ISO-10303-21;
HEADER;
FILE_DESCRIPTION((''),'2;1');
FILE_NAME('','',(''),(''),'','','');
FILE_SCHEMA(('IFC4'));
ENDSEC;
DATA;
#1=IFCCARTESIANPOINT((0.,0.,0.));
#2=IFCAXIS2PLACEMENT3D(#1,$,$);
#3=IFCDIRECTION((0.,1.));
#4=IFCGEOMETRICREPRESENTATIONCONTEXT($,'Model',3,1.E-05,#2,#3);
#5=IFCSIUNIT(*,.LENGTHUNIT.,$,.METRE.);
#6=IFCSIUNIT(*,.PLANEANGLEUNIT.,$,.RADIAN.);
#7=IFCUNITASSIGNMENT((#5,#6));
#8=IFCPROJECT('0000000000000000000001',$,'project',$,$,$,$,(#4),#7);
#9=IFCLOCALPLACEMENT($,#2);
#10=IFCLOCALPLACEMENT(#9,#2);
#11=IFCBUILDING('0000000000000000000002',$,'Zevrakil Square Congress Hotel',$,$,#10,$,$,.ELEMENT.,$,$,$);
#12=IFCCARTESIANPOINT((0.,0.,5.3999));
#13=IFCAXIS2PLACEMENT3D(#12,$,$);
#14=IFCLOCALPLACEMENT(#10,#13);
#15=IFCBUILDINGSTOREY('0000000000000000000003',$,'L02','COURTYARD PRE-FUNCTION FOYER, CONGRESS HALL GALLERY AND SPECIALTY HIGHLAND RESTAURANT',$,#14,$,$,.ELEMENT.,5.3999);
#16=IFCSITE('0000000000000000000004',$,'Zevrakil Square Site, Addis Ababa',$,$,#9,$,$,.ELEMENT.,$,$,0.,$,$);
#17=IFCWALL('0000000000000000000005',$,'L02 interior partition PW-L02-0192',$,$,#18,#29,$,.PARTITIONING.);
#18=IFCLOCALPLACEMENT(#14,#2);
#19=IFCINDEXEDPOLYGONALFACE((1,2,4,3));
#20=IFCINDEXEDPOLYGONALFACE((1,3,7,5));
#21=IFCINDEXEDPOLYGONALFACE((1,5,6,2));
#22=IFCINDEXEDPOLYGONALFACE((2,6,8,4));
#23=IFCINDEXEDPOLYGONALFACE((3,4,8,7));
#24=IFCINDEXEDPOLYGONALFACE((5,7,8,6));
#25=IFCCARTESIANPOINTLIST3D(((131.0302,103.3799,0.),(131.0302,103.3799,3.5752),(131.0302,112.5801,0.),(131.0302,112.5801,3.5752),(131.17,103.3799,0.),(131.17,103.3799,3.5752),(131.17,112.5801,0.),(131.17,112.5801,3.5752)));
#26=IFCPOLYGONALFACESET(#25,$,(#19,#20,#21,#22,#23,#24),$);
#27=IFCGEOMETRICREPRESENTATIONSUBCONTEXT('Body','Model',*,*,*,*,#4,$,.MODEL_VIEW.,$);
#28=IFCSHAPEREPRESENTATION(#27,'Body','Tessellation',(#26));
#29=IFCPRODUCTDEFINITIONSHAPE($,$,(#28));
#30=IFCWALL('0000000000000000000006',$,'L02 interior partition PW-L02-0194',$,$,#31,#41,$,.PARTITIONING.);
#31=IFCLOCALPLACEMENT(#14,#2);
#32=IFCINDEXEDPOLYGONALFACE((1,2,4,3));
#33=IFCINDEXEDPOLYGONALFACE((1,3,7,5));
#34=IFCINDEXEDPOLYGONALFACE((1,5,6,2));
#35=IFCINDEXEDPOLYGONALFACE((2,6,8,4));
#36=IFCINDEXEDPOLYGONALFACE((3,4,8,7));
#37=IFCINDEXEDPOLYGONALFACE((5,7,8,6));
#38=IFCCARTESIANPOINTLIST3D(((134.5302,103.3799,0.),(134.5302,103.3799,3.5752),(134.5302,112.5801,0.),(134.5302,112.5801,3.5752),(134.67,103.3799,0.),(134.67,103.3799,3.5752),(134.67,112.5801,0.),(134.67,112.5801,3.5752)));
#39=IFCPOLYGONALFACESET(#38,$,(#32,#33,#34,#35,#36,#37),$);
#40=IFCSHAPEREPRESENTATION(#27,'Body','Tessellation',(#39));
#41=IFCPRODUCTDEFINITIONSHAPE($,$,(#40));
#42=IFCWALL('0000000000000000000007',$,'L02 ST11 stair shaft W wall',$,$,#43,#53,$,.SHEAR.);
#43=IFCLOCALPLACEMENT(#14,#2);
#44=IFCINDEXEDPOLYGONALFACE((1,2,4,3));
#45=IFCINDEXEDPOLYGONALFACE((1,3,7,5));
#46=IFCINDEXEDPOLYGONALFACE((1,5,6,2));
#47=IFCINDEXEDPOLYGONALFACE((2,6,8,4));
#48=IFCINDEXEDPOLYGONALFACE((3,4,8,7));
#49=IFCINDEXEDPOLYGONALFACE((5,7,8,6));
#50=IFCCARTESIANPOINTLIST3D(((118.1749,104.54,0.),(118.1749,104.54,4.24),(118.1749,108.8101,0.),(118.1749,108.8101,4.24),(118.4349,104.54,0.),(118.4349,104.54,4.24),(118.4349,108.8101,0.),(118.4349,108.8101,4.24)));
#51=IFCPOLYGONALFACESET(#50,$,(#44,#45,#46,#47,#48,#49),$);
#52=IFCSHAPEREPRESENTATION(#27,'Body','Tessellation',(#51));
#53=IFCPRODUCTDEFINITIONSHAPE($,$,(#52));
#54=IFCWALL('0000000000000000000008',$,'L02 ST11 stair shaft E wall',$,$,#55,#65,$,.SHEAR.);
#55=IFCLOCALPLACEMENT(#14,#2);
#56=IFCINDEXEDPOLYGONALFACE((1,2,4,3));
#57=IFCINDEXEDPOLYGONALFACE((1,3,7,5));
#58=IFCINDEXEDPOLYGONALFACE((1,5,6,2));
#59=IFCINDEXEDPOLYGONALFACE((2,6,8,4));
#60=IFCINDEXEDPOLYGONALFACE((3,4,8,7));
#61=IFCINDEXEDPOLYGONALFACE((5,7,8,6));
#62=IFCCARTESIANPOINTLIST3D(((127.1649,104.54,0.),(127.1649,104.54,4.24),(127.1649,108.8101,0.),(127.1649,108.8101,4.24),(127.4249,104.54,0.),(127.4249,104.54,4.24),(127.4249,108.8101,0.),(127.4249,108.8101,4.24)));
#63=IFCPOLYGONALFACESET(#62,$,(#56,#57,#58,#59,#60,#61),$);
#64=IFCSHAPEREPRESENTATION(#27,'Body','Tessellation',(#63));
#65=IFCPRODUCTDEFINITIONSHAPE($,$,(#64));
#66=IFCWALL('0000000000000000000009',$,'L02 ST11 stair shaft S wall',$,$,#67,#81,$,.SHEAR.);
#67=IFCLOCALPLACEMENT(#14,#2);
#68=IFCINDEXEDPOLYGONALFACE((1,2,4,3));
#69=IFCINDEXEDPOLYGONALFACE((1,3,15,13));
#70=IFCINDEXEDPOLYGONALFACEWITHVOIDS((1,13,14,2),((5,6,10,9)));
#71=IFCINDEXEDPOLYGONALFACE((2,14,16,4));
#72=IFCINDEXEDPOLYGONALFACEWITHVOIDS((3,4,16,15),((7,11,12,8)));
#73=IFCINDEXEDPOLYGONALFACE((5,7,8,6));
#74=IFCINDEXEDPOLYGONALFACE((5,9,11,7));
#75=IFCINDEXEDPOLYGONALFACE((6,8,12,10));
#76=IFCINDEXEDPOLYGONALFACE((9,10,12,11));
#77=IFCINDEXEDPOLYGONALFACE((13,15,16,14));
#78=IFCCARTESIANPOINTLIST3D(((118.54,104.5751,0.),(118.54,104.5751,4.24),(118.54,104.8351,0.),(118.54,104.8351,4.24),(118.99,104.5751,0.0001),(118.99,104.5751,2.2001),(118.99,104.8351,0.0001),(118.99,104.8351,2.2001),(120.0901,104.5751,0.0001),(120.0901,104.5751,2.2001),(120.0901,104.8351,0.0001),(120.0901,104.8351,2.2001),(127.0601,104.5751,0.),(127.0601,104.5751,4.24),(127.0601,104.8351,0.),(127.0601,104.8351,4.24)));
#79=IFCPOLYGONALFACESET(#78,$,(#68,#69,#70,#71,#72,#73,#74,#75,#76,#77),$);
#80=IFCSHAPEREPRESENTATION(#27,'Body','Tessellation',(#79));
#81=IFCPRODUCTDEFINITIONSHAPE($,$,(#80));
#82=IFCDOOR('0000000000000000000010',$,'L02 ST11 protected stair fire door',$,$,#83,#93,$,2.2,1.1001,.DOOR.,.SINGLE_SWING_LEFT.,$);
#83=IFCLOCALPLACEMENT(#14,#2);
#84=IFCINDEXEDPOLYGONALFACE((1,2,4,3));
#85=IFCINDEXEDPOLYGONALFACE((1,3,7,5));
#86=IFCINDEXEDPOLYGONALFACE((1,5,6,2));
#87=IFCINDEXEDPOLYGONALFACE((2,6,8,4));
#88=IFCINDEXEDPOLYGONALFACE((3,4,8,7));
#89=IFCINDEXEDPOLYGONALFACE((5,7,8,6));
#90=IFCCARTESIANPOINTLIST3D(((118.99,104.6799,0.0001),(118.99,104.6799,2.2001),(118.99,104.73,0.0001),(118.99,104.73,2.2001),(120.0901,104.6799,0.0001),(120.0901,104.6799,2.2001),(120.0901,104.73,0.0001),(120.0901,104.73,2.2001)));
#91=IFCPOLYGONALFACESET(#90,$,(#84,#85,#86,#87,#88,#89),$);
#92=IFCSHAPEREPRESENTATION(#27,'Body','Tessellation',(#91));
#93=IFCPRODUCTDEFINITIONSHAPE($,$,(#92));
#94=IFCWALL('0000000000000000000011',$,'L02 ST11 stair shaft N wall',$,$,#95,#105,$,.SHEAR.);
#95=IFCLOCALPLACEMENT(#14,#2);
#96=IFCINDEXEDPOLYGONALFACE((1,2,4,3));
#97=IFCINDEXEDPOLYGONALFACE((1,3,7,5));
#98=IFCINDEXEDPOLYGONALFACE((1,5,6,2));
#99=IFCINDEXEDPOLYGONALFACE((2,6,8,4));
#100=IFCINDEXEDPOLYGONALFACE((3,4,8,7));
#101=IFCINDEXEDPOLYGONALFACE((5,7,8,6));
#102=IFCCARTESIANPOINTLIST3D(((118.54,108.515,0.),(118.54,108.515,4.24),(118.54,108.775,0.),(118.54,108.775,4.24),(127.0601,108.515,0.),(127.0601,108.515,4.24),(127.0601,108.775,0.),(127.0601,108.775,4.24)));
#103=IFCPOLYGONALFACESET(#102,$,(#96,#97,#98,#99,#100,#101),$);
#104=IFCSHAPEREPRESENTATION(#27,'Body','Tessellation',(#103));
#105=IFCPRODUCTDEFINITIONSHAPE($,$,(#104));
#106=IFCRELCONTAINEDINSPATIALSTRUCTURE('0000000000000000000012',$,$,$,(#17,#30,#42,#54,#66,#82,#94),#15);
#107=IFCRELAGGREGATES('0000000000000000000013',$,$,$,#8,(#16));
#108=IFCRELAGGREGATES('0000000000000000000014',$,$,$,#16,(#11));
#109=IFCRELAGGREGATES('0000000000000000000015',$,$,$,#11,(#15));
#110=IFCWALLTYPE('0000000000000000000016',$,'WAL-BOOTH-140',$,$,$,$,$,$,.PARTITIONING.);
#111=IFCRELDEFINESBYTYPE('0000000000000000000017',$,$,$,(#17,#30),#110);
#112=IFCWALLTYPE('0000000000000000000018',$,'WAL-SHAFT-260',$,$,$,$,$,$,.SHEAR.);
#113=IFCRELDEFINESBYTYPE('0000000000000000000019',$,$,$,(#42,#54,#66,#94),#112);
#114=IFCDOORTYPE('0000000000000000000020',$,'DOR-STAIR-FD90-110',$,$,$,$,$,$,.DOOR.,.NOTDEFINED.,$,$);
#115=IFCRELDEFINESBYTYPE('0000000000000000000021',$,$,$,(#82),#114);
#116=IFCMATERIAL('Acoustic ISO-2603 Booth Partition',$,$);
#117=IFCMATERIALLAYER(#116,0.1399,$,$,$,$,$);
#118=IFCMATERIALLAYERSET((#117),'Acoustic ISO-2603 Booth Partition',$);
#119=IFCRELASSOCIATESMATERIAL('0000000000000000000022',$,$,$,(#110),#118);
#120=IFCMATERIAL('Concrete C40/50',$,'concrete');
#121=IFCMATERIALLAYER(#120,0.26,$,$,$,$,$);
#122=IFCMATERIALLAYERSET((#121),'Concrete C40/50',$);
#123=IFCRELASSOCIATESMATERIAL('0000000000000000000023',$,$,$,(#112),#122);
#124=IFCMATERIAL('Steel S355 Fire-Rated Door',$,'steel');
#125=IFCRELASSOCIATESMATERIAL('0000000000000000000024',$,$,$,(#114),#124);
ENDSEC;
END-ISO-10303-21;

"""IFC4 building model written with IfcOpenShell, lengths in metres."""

from ifc_helpers import new_model, si_unit, direction, frame, frame_2d, origin, place, context, subcontext, project, spatial, rectangle, extrude, material, layer, layer_set, type_object, element, fill, save


model = new_model("IFC4")

# Units and contexts
model_context = context("Model", 3, precision=1e-05, world=origin(), true_north=direction((0.0, 1.0)))
body_context = subcontext(model_context, "Body", "Model", "MODEL_VIEW")
ifc_project = project(units=[si_unit("LENGTHUNIT", "METRE"), si_unit("PLANEANGLEUNIT", "RADIAN")], contexts=[model_context])

# Site, building, storey
site_placement = place(None, origin())
site = spatial("IfcSite", under=ifc_project, at=site_placement, Name="Zevrakil Square Site, Addis Ababa", CompositionType="ELEMENT", RefElevation=0.0)
building_placement = place(site_placement, origin())
building = spatial("IfcBuilding", under=site, at=building_placement, Name="Zevrakil Square Congress Hotel", CompositionType="ELEMENT")
storey_placement = place(building_placement, frame((0.0, 0.0, 5.3999)))
storey = spatial("IfcBuildingStorey", under=building, at=storey_placement, Name="L02", Description="COURTYARD PRE-FUNCTION FOYER, CONGRESS HALL GALLERY AND SPECIALTY HIGHLAND RESTAURANT", CompositionType="ELEMENT", Elevation=5.3999)

# Walls
ifc_material_1 = material(Name="Acoustic ISO-2603 Booth Partition")
ifc_layer_1 = layer(ifc_material_1, 0.1399)
ifc_layer_set_1 = layer_set([ifc_layer_1], Name="Acoustic ISO-2603 Booth Partition")
wall_type_1 = type_object("IfcWallType", Name="WAL-BOOTH-140", PredefinedType="PARTITIONING", material=ifc_layer_set_1)
for number, where, z_axis, x_axis, name in (
    (1, (131.1001, 103.3799, 0.0), (0.0, 0.0, 1.0), (0.0, 1.0, 0.0), "L02 interior partition PW-L02-0192"),
    (2, (134.6001, 103.3799, 0.0), (0.0, 0.0, 1.0), (0.0, 1.0, 0.0), "L02 interior partition PW-L02-0194"),
):
    element("IfcWall", number, at=place(storey_placement, frame(where, z_axis=z_axis, x_axis=x_axis)), inside=storey, type_object=wall_type_1, Name=name, PredefinedType="PARTITIONING", context=body_context, shape_type="SweptSolid", body=[
        extrude(rectangle(XDim=9.2002, YDim=0.1399, at=frame_2d((4.6001, 0.0))), origin(), (0.0, 0.0, 1.0), 3.5752),
    ])
ifc_material_2 = material(Name="Concrete C40/50", Category="concrete")
ifc_layer_2 = layer(ifc_material_2, 0.26)
ifc_layer_set_2 = layer_set([ifc_layer_2], Name="Concrete C40/50")
wall_type_2 = type_object("IfcWallType", Name="WAL-SHAFT-260", PredefinedType="SHEAR", material=ifc_layer_set_2)
for number, where, z_axis, x_axis, name in (
    (3, (118.3049, 104.54, 0.0), (0.0, 0.0, 1.0), (0.0, 1.0, 0.0), "L02 ST11 stair shaft W wall"),
    (4, (127.2949, 104.54, 0.0), (0.0, 0.0, 1.0), (0.0, 1.0, 0.0), "L02 ST11 stair shaft E wall"),
):
    element("IfcWall", number, at=place(storey_placement, frame(where, z_axis=z_axis, x_axis=x_axis)), inside=storey, type_object=wall_type_2, Name=name, PredefinedType="SHEAR", context=body_context, shape_type="SweptSolid", body=[
        extrude(rectangle(XDim=4.27, YDim=0.26, at=frame_2d((2.135, 0.0))), origin(), (0.0, 0.0, 1.0), 4.24),
    ])

# Wall, opening, door
wall_1_placement = place(storey_placement, frame((118.54, 104.7051, 0.0), z_axis=(0.0, 0.0, 1.0), x_axis=(1.0, 0.0, 0.0)))
wall_1 = element("IfcWall", 5, at=wall_1_placement, inside=storey, type_object=wall_type_2, Name="L02 ST11 stair shaft S wall", PredefinedType="SHEAR", context=body_context, shape_type="SweptSolid", body=[
    extrude(rectangle(XDim=8.52, YDim=0.26, at=frame_2d((4.26, 0.0))), origin(), (0.0, 0.0, 1.0), 4.24),
])
opening_placement = place(wall_1_placement, frame((0.45, 0.0, 0.0)))
opening = element("IfcOpeningElement", 6, at=opening_placement, cuts=wall_1, PredefinedType="OPENING", context=body_context, shape_type="SweptSolid", body=[
    extrude(rectangle(XDim=1.1001, YDim=2.2, at=frame_2d((0.55, 1.1001))), frame((0.0, 0.1401, 0.0), z_axis=(0.0, -1.0, 0.0), x_axis=(1.0, 0.0, 0.0)), (0.0, 0.0, 1.0), 0.28),
])
ifc_material_3 = material(Name="Steel S355 Fire-Rated Door", Category="steel")
door_type = type_object("IfcDoorType", Name="DOR-STAIR-FD90-110", OperationType="NOTDEFINED", PredefinedType="DOOR", material=ifc_material_3)
door_placement = place(opening_placement, origin())
door = element("IfcDoor", 7, at=door_placement, inside=storey, type_object=door_type, Name="L02 ST11 protected stair fire door", OperationType="SINGLE_SWING_LEFT", OverallHeight=2.2, OverallWidth=1.1001, PredefinedType="DOOR", context=body_context, shape_type="SweptSolid", body=[
    extrude(rectangle(XDim=1.1001, YDim=2.2, at=frame_2d((0.55, 1.1001))), frame((0.0, 0.0249, 0.0), z_axis=(0.0, -1.0, 0.0), x_axis=(1.0, 0.0, 0.0)), (0.0, 0.0, 1.0), 0.05),
])
fill(opening, door)

# Wall
wall_2_placement = place(storey_placement, frame((118.54, 108.645, 0.0), z_axis=(0.0, 0.0, 1.0), x_axis=(1.0, 0.0, 0.0)))
element("IfcWall", 8, at=wall_2_placement, inside=storey, type_object=wall_type_2, Name="L02 ST11 stair shaft N wall", PredefinedType="SHEAR", context=body_context, shape_type="SweptSolid", body=[
    extrude(rectangle(XDim=8.52, YDim=0.26, at=frame_2d((4.26, 0.0))), origin(), (0.0, 0.0, 1.0), 4.24),
])

save(model, "model.ifc")
